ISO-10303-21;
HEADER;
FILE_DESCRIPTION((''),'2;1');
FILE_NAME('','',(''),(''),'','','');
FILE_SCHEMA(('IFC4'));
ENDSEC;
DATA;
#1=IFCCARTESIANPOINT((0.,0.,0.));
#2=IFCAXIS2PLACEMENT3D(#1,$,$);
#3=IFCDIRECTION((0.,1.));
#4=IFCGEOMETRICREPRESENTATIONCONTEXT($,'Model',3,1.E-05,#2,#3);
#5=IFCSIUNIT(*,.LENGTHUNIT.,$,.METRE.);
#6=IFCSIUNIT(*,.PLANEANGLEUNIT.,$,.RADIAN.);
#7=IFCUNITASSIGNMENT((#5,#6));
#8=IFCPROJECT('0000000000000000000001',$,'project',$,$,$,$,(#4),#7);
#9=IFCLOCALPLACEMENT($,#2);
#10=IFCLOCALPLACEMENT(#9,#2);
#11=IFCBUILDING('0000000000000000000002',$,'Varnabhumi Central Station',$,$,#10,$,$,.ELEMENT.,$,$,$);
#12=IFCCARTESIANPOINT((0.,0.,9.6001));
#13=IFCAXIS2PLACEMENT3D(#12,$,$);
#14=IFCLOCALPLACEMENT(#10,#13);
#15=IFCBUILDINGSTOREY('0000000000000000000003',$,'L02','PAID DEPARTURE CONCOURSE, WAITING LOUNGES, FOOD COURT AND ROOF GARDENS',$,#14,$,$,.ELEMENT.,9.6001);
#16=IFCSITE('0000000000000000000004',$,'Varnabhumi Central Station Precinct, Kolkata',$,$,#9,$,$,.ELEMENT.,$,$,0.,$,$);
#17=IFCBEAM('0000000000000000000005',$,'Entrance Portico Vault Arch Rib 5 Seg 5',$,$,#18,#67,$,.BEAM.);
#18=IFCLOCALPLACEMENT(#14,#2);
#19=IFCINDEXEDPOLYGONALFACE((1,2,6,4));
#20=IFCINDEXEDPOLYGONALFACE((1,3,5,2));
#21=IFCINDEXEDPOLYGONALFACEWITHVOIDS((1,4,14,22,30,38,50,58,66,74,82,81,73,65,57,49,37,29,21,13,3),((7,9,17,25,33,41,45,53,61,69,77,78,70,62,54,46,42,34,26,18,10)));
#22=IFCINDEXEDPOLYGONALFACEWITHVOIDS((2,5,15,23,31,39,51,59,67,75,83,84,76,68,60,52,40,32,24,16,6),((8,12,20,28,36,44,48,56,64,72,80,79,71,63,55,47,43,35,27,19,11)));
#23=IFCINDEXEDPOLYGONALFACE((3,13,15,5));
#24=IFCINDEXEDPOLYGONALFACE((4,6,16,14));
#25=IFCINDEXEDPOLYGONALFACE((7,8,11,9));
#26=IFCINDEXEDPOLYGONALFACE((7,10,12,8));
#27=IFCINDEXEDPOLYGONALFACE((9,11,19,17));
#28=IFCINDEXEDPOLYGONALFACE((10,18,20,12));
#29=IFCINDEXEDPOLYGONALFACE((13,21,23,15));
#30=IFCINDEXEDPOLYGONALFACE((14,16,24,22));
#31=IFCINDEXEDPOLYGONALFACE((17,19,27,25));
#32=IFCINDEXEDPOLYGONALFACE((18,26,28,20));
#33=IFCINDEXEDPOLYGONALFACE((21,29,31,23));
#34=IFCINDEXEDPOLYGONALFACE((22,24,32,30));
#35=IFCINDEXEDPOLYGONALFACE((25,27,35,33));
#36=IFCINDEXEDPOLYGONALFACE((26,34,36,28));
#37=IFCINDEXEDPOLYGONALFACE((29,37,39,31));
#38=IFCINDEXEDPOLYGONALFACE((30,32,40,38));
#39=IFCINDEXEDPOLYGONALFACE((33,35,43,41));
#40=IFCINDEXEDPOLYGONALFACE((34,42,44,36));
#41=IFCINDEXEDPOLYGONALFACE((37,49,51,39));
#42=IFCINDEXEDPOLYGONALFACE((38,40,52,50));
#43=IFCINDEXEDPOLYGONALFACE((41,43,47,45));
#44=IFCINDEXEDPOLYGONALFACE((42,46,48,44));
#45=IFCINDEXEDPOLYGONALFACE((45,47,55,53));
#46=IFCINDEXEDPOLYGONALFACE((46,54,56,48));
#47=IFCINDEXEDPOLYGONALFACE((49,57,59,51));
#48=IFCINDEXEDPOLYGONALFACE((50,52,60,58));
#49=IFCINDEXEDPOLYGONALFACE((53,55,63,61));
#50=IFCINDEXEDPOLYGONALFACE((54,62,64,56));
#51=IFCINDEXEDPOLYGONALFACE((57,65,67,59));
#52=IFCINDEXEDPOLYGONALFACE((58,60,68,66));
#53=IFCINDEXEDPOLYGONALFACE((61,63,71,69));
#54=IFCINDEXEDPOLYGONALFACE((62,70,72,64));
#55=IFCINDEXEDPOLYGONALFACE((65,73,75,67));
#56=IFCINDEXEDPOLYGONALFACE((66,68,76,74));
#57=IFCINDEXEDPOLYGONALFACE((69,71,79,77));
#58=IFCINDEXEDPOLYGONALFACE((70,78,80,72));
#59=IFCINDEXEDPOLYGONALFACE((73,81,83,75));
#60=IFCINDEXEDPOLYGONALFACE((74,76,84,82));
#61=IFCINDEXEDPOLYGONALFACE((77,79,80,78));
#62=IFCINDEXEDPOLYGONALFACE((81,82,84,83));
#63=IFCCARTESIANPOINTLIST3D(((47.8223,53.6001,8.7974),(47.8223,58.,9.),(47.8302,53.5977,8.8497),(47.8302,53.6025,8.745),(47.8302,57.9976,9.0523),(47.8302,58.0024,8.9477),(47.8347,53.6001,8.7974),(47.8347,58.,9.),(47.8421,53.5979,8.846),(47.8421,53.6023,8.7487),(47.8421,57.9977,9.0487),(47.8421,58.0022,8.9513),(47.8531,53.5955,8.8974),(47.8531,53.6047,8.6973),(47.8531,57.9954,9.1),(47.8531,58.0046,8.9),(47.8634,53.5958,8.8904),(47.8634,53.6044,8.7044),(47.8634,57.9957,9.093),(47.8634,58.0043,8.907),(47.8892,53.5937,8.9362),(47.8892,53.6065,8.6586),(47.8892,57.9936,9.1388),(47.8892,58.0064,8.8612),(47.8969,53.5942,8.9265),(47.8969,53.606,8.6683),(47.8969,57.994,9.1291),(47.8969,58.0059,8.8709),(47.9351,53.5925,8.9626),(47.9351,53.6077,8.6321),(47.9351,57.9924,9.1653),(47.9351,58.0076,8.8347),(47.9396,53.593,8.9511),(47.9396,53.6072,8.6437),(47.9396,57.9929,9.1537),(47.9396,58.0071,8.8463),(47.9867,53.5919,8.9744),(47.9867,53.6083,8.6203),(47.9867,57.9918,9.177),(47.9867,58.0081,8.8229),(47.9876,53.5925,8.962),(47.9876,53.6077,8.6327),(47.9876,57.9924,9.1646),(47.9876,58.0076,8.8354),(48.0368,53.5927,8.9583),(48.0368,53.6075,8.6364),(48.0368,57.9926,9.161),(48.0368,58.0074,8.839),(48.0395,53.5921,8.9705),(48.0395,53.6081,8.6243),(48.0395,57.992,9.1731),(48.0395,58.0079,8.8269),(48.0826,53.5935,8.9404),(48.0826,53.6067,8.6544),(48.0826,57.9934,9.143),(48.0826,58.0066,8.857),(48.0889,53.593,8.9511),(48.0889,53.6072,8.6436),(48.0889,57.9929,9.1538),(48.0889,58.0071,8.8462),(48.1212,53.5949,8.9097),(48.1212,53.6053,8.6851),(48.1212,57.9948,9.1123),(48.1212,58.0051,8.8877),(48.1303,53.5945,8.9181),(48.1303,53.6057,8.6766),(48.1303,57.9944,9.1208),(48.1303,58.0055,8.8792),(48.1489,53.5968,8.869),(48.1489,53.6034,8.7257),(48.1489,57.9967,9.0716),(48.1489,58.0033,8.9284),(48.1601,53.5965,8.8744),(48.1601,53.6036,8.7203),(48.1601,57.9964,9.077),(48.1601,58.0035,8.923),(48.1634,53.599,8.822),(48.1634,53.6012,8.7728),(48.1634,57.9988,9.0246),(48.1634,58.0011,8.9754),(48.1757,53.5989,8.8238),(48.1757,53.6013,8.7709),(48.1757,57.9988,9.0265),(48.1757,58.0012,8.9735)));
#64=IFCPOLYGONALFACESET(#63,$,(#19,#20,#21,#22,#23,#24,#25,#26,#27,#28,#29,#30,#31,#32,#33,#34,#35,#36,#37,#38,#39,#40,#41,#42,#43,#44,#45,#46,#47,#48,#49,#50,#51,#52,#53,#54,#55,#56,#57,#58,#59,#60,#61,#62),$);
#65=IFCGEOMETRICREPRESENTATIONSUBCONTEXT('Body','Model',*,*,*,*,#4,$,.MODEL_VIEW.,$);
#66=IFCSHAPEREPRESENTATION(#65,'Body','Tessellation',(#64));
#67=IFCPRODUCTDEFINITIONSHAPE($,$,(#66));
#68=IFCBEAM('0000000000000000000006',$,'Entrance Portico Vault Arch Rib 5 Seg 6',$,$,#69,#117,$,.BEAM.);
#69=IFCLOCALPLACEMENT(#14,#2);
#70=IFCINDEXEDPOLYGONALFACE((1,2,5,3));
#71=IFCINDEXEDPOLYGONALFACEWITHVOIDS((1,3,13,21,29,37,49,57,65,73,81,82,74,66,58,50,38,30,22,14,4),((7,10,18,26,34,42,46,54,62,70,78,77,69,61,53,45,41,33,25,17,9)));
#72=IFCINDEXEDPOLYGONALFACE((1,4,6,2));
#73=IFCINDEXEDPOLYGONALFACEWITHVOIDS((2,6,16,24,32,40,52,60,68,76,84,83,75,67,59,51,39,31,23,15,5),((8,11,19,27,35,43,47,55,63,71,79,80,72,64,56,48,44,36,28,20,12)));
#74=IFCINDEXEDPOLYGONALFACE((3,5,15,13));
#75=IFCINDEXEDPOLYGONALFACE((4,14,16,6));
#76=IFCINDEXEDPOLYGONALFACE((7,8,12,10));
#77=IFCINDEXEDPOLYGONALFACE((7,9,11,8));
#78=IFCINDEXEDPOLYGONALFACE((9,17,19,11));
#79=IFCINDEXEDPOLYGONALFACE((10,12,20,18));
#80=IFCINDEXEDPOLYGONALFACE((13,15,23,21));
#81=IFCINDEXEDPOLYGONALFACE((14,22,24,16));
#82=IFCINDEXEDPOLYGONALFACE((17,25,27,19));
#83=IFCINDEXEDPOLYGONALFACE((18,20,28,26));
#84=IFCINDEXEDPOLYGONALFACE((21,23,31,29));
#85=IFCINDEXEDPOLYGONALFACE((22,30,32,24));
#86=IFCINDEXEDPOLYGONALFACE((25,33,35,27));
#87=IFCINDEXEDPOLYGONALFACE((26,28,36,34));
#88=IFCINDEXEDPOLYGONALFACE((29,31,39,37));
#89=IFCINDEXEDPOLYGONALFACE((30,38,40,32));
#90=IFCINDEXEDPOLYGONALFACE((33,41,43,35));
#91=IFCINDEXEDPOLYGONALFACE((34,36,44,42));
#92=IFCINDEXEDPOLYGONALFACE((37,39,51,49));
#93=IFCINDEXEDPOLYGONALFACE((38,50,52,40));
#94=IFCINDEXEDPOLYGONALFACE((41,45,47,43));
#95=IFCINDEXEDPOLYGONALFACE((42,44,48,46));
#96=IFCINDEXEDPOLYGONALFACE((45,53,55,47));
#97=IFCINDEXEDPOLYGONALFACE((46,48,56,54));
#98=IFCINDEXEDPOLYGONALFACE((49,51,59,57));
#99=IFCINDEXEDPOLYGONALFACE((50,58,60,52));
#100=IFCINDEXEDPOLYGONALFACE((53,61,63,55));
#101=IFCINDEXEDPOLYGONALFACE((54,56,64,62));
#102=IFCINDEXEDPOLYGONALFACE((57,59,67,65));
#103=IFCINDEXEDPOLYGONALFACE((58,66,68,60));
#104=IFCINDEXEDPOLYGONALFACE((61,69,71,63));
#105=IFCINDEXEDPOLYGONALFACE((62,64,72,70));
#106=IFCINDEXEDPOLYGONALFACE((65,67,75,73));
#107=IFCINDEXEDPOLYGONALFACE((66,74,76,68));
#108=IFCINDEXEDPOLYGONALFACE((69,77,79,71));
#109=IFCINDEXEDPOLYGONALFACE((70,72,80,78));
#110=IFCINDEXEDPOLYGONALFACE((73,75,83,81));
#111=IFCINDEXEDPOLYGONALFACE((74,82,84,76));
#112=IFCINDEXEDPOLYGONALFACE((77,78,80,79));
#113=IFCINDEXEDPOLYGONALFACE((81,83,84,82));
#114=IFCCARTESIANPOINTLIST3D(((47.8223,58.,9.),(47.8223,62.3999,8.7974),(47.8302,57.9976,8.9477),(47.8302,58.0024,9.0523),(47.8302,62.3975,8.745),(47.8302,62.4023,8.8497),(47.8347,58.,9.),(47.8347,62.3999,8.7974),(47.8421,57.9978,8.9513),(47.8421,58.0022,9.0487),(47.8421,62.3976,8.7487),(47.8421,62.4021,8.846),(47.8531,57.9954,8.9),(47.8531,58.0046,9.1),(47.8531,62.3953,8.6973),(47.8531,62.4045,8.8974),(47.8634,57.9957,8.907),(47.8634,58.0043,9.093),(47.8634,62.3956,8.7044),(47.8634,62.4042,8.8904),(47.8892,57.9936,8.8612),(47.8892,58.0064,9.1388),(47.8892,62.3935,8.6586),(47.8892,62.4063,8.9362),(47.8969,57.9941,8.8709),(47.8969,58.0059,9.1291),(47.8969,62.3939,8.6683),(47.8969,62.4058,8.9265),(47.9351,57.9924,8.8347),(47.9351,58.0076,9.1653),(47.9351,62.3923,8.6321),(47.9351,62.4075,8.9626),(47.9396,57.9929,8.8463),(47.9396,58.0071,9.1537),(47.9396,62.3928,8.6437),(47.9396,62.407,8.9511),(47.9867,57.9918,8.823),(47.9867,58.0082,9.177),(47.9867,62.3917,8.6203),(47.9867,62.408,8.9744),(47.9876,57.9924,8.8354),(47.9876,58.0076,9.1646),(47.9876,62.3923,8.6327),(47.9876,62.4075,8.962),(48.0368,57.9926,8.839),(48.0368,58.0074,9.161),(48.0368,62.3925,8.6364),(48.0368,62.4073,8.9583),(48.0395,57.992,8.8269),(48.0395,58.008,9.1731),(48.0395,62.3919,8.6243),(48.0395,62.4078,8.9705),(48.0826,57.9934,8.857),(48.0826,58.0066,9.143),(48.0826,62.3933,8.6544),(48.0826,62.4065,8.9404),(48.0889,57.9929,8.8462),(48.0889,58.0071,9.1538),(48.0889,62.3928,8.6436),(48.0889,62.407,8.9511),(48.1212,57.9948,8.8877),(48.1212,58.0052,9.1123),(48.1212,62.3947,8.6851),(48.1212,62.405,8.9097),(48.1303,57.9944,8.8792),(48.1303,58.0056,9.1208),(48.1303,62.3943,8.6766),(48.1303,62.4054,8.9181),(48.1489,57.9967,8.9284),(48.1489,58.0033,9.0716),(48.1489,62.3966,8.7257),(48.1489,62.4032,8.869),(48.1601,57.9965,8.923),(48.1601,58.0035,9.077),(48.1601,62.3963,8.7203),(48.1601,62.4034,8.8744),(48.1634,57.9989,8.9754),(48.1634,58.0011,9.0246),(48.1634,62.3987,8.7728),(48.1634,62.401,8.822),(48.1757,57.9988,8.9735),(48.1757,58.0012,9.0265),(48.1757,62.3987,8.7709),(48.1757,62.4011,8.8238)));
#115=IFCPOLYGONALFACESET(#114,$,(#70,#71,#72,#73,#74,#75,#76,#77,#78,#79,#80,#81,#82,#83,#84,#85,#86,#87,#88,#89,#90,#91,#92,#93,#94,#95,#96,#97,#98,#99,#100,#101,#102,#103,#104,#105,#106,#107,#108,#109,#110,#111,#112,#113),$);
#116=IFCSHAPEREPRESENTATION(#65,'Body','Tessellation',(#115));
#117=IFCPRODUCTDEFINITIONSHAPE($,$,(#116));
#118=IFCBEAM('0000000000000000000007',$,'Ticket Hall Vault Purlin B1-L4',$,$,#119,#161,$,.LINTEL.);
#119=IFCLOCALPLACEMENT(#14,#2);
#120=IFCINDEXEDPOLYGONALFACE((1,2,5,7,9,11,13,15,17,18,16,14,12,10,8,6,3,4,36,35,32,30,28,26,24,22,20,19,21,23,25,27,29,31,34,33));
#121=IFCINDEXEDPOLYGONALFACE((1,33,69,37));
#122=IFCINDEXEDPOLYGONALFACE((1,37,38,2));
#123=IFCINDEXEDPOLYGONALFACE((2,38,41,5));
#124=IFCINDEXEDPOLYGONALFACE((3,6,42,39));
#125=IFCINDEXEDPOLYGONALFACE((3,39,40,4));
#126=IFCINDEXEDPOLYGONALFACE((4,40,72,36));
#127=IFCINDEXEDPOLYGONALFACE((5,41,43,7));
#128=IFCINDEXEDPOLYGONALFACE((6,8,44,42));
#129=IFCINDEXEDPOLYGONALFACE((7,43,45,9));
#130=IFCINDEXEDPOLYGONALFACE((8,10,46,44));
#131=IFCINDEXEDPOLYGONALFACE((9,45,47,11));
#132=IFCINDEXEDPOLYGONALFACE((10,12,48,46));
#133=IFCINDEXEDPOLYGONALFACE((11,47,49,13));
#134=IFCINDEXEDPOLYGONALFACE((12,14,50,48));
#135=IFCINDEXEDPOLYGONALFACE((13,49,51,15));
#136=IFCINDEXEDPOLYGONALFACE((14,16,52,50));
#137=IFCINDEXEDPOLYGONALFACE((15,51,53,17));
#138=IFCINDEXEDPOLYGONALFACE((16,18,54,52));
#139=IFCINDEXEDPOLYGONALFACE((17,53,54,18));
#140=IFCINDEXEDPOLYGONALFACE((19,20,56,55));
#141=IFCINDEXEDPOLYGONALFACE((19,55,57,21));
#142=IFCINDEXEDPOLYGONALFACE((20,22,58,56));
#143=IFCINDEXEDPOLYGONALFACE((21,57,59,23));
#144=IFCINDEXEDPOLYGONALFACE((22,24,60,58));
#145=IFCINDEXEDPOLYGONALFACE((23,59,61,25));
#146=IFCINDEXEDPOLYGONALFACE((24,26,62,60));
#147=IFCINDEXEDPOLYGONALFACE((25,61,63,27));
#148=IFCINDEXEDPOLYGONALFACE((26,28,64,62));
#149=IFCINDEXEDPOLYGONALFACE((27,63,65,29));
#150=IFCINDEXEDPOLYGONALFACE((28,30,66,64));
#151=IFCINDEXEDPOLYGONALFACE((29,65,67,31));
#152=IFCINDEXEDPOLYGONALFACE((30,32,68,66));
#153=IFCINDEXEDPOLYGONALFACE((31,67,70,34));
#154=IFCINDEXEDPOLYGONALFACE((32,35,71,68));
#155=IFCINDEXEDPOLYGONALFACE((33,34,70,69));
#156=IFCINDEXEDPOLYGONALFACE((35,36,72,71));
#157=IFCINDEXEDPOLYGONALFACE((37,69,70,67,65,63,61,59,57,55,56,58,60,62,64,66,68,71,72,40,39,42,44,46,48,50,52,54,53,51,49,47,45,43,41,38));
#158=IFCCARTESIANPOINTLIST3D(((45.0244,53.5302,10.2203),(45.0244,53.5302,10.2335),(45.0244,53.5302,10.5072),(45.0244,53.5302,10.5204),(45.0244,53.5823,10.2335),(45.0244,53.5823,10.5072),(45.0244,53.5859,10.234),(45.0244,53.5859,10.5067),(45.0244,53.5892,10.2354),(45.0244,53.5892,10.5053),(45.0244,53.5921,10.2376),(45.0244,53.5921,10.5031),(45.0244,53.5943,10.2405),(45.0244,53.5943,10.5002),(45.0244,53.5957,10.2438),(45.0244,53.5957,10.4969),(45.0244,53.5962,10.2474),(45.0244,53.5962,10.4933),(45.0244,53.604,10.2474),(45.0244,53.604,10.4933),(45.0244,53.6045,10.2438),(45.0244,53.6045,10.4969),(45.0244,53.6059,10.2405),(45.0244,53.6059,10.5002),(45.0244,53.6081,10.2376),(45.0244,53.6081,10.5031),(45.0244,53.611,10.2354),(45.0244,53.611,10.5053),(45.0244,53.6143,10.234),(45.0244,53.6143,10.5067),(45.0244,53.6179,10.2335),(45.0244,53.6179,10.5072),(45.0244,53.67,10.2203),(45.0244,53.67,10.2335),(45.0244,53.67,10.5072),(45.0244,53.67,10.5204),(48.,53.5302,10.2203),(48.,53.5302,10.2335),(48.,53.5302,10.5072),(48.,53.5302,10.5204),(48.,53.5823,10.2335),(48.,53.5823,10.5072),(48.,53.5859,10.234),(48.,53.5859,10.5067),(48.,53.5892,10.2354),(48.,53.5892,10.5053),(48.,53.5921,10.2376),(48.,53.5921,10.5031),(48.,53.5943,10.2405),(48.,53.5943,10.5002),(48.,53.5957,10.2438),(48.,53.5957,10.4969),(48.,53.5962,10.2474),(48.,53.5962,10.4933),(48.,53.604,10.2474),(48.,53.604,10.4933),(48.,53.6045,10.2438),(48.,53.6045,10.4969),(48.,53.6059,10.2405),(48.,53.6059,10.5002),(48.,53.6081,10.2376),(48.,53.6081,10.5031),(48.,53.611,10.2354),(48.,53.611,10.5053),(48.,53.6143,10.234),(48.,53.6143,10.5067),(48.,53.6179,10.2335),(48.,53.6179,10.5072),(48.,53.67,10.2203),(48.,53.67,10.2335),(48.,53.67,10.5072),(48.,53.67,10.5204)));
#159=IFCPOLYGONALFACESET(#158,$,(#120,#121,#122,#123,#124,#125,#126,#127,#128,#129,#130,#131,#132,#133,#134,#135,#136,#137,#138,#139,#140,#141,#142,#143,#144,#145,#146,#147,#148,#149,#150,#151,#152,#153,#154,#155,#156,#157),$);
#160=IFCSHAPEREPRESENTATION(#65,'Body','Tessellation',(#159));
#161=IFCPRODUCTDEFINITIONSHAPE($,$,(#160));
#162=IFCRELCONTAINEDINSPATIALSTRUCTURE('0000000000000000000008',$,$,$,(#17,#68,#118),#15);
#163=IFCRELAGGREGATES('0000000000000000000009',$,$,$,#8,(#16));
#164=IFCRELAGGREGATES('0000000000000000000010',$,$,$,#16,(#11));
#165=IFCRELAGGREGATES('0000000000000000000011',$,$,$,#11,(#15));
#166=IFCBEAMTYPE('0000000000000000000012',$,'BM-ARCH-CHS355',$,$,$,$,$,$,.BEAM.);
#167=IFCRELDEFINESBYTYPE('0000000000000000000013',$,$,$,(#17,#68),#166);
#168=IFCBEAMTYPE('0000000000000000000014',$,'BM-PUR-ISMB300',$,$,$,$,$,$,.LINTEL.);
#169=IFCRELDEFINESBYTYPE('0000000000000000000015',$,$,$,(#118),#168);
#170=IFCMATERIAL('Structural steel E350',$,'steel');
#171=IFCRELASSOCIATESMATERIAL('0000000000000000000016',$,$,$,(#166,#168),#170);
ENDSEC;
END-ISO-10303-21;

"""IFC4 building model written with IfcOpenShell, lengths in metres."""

from ifc_helpers import new_model, si_unit, direction, frame, origin, origin_2d, place, context, subcontext, project, spatial, hollow_circle, i_section, extrude, material, material_profile, profile_set, type_object, element, save


model = new_model("IFC4")

# Units and contexts
model_context = context("Model", 3, precision=1e-05, world=origin(), true_north=direction((0.0, 1.0)))
body_context = subcontext(model_context, "Body", "Model", "MODEL_VIEW")
ifc_project = project(units=[si_unit("LENGTHUNIT", "METRE"), si_unit("PLANEANGLEUNIT", "RADIAN")], contexts=[model_context])

# Site, building, storey
site_placement = place(None, origin())
site = spatial("IfcSite", under=ifc_project, at=site_placement, Name="Varnabhumi Central Station Precinct, Kolkata", CompositionType="ELEMENT", RefElevation=0.0)
building_placement = place(site_placement, origin())
building = spatial("IfcBuilding", under=site, at=building_placement, Name="Varnabhumi Central Station", CompositionType="ELEMENT")
storey_placement = place(building_placement, frame((0.0, 0.0, 9.6001)))
storey = spatial("IfcBuildingStorey", under=building, at=storey_placement, Name="L02", Description="PAID DEPARTURE CONCOURSE, WAITING LOUNGES, FOOD COURT AND ROOF GARDENS", CompositionType="ELEMENT", Elevation=9.6001)

# Beams
ifc_material_1 = material(Name="Structural steel E350", Category="steel")
ifc_material_profile_1 = material_profile(ifc_material_1, hollow_circle(Radius=0.1777, WallThickness=0.0125, at=origin_2d()), Name="Structural steel E350", Category="steel")
ifc_profile_set_1 = profile_set([ifc_material_profile_1], Name="Structural steel E350")
beam_type_1 = type_object("IfcBeamType", Name="BM-ARCH-CHS355", PredefinedType="BEAM", material=ifc_profile_set_1)
for number, where, z_axis, x_axis, name in (
    (1, (48.0, 53.6001, 8.7974), (0.0, 0.998941, 0.046006), (-1.0, 0.0, 0.0), "Entrance Portico Vault Arch Rib 5 Seg 5"),
    (2, (48.0, 58.0, 9.0), (0.0, 0.998941, -0.046006), (-1.0, 0.0, 0.0), "Entrance Portico Vault Arch Rib 5 Seg 6"),
):
    element("IfcBeam", number, at=place(storey_placement, frame(where, z_axis=z_axis, x_axis=x_axis)), inside=storey, type_object=beam_type_1, Name=name, PredefinedType="BEAM", context=body_context, shape_type="SweptSolid", body=[
        extrude(hollow_circle(Radius=0.1777, WallThickness=0.0125, at=origin_2d()), origin(), (0.0, 0.0, 1.0), 4.4045),
    ])
ifc_material_profile_2 = material_profile(ifc_material_1, i_section(OverallWidth=0.1399, OverallDepth=0.3, WebThickness=0.0078, FlangeThickness=0.0132, FilletRadius=0.0139, at=origin_2d()), Name="Structural steel E350", Category="steel")
ifc_profile_set_2 = profile_set([ifc_material_profile_2], Name="Structural steel E350")
beam_type_2 = type_object("IfcBeamType", Name="BM-PUR-ISMB300", PredefinedType="LINTEL", material=ifc_profile_set_2)
beam_placement = place(storey_placement, frame((45.0244, 53.6001, 10.3704), z_axis=(1.0, 0.0, 0.0), x_axis=(0.0, 1.0, 0.0)))
element("IfcBeam", 3, at=beam_placement, inside=storey, type_object=beam_type_2, Name="Ticket Hall Vault Purlin B1-L4", PredefinedType="LINTEL", context=body_context, shape_type="SweptSolid", body=[
    extrude(i_section(OverallWidth=0.1399, OverallDepth=0.3, WebThickness=0.0078, FlangeThickness=0.0132, FilletRadius=0.0139, at=origin_2d()), origin(), (0.0, 0.0, 1.0), 2.9756),
])

save(model, "model.ifc")
